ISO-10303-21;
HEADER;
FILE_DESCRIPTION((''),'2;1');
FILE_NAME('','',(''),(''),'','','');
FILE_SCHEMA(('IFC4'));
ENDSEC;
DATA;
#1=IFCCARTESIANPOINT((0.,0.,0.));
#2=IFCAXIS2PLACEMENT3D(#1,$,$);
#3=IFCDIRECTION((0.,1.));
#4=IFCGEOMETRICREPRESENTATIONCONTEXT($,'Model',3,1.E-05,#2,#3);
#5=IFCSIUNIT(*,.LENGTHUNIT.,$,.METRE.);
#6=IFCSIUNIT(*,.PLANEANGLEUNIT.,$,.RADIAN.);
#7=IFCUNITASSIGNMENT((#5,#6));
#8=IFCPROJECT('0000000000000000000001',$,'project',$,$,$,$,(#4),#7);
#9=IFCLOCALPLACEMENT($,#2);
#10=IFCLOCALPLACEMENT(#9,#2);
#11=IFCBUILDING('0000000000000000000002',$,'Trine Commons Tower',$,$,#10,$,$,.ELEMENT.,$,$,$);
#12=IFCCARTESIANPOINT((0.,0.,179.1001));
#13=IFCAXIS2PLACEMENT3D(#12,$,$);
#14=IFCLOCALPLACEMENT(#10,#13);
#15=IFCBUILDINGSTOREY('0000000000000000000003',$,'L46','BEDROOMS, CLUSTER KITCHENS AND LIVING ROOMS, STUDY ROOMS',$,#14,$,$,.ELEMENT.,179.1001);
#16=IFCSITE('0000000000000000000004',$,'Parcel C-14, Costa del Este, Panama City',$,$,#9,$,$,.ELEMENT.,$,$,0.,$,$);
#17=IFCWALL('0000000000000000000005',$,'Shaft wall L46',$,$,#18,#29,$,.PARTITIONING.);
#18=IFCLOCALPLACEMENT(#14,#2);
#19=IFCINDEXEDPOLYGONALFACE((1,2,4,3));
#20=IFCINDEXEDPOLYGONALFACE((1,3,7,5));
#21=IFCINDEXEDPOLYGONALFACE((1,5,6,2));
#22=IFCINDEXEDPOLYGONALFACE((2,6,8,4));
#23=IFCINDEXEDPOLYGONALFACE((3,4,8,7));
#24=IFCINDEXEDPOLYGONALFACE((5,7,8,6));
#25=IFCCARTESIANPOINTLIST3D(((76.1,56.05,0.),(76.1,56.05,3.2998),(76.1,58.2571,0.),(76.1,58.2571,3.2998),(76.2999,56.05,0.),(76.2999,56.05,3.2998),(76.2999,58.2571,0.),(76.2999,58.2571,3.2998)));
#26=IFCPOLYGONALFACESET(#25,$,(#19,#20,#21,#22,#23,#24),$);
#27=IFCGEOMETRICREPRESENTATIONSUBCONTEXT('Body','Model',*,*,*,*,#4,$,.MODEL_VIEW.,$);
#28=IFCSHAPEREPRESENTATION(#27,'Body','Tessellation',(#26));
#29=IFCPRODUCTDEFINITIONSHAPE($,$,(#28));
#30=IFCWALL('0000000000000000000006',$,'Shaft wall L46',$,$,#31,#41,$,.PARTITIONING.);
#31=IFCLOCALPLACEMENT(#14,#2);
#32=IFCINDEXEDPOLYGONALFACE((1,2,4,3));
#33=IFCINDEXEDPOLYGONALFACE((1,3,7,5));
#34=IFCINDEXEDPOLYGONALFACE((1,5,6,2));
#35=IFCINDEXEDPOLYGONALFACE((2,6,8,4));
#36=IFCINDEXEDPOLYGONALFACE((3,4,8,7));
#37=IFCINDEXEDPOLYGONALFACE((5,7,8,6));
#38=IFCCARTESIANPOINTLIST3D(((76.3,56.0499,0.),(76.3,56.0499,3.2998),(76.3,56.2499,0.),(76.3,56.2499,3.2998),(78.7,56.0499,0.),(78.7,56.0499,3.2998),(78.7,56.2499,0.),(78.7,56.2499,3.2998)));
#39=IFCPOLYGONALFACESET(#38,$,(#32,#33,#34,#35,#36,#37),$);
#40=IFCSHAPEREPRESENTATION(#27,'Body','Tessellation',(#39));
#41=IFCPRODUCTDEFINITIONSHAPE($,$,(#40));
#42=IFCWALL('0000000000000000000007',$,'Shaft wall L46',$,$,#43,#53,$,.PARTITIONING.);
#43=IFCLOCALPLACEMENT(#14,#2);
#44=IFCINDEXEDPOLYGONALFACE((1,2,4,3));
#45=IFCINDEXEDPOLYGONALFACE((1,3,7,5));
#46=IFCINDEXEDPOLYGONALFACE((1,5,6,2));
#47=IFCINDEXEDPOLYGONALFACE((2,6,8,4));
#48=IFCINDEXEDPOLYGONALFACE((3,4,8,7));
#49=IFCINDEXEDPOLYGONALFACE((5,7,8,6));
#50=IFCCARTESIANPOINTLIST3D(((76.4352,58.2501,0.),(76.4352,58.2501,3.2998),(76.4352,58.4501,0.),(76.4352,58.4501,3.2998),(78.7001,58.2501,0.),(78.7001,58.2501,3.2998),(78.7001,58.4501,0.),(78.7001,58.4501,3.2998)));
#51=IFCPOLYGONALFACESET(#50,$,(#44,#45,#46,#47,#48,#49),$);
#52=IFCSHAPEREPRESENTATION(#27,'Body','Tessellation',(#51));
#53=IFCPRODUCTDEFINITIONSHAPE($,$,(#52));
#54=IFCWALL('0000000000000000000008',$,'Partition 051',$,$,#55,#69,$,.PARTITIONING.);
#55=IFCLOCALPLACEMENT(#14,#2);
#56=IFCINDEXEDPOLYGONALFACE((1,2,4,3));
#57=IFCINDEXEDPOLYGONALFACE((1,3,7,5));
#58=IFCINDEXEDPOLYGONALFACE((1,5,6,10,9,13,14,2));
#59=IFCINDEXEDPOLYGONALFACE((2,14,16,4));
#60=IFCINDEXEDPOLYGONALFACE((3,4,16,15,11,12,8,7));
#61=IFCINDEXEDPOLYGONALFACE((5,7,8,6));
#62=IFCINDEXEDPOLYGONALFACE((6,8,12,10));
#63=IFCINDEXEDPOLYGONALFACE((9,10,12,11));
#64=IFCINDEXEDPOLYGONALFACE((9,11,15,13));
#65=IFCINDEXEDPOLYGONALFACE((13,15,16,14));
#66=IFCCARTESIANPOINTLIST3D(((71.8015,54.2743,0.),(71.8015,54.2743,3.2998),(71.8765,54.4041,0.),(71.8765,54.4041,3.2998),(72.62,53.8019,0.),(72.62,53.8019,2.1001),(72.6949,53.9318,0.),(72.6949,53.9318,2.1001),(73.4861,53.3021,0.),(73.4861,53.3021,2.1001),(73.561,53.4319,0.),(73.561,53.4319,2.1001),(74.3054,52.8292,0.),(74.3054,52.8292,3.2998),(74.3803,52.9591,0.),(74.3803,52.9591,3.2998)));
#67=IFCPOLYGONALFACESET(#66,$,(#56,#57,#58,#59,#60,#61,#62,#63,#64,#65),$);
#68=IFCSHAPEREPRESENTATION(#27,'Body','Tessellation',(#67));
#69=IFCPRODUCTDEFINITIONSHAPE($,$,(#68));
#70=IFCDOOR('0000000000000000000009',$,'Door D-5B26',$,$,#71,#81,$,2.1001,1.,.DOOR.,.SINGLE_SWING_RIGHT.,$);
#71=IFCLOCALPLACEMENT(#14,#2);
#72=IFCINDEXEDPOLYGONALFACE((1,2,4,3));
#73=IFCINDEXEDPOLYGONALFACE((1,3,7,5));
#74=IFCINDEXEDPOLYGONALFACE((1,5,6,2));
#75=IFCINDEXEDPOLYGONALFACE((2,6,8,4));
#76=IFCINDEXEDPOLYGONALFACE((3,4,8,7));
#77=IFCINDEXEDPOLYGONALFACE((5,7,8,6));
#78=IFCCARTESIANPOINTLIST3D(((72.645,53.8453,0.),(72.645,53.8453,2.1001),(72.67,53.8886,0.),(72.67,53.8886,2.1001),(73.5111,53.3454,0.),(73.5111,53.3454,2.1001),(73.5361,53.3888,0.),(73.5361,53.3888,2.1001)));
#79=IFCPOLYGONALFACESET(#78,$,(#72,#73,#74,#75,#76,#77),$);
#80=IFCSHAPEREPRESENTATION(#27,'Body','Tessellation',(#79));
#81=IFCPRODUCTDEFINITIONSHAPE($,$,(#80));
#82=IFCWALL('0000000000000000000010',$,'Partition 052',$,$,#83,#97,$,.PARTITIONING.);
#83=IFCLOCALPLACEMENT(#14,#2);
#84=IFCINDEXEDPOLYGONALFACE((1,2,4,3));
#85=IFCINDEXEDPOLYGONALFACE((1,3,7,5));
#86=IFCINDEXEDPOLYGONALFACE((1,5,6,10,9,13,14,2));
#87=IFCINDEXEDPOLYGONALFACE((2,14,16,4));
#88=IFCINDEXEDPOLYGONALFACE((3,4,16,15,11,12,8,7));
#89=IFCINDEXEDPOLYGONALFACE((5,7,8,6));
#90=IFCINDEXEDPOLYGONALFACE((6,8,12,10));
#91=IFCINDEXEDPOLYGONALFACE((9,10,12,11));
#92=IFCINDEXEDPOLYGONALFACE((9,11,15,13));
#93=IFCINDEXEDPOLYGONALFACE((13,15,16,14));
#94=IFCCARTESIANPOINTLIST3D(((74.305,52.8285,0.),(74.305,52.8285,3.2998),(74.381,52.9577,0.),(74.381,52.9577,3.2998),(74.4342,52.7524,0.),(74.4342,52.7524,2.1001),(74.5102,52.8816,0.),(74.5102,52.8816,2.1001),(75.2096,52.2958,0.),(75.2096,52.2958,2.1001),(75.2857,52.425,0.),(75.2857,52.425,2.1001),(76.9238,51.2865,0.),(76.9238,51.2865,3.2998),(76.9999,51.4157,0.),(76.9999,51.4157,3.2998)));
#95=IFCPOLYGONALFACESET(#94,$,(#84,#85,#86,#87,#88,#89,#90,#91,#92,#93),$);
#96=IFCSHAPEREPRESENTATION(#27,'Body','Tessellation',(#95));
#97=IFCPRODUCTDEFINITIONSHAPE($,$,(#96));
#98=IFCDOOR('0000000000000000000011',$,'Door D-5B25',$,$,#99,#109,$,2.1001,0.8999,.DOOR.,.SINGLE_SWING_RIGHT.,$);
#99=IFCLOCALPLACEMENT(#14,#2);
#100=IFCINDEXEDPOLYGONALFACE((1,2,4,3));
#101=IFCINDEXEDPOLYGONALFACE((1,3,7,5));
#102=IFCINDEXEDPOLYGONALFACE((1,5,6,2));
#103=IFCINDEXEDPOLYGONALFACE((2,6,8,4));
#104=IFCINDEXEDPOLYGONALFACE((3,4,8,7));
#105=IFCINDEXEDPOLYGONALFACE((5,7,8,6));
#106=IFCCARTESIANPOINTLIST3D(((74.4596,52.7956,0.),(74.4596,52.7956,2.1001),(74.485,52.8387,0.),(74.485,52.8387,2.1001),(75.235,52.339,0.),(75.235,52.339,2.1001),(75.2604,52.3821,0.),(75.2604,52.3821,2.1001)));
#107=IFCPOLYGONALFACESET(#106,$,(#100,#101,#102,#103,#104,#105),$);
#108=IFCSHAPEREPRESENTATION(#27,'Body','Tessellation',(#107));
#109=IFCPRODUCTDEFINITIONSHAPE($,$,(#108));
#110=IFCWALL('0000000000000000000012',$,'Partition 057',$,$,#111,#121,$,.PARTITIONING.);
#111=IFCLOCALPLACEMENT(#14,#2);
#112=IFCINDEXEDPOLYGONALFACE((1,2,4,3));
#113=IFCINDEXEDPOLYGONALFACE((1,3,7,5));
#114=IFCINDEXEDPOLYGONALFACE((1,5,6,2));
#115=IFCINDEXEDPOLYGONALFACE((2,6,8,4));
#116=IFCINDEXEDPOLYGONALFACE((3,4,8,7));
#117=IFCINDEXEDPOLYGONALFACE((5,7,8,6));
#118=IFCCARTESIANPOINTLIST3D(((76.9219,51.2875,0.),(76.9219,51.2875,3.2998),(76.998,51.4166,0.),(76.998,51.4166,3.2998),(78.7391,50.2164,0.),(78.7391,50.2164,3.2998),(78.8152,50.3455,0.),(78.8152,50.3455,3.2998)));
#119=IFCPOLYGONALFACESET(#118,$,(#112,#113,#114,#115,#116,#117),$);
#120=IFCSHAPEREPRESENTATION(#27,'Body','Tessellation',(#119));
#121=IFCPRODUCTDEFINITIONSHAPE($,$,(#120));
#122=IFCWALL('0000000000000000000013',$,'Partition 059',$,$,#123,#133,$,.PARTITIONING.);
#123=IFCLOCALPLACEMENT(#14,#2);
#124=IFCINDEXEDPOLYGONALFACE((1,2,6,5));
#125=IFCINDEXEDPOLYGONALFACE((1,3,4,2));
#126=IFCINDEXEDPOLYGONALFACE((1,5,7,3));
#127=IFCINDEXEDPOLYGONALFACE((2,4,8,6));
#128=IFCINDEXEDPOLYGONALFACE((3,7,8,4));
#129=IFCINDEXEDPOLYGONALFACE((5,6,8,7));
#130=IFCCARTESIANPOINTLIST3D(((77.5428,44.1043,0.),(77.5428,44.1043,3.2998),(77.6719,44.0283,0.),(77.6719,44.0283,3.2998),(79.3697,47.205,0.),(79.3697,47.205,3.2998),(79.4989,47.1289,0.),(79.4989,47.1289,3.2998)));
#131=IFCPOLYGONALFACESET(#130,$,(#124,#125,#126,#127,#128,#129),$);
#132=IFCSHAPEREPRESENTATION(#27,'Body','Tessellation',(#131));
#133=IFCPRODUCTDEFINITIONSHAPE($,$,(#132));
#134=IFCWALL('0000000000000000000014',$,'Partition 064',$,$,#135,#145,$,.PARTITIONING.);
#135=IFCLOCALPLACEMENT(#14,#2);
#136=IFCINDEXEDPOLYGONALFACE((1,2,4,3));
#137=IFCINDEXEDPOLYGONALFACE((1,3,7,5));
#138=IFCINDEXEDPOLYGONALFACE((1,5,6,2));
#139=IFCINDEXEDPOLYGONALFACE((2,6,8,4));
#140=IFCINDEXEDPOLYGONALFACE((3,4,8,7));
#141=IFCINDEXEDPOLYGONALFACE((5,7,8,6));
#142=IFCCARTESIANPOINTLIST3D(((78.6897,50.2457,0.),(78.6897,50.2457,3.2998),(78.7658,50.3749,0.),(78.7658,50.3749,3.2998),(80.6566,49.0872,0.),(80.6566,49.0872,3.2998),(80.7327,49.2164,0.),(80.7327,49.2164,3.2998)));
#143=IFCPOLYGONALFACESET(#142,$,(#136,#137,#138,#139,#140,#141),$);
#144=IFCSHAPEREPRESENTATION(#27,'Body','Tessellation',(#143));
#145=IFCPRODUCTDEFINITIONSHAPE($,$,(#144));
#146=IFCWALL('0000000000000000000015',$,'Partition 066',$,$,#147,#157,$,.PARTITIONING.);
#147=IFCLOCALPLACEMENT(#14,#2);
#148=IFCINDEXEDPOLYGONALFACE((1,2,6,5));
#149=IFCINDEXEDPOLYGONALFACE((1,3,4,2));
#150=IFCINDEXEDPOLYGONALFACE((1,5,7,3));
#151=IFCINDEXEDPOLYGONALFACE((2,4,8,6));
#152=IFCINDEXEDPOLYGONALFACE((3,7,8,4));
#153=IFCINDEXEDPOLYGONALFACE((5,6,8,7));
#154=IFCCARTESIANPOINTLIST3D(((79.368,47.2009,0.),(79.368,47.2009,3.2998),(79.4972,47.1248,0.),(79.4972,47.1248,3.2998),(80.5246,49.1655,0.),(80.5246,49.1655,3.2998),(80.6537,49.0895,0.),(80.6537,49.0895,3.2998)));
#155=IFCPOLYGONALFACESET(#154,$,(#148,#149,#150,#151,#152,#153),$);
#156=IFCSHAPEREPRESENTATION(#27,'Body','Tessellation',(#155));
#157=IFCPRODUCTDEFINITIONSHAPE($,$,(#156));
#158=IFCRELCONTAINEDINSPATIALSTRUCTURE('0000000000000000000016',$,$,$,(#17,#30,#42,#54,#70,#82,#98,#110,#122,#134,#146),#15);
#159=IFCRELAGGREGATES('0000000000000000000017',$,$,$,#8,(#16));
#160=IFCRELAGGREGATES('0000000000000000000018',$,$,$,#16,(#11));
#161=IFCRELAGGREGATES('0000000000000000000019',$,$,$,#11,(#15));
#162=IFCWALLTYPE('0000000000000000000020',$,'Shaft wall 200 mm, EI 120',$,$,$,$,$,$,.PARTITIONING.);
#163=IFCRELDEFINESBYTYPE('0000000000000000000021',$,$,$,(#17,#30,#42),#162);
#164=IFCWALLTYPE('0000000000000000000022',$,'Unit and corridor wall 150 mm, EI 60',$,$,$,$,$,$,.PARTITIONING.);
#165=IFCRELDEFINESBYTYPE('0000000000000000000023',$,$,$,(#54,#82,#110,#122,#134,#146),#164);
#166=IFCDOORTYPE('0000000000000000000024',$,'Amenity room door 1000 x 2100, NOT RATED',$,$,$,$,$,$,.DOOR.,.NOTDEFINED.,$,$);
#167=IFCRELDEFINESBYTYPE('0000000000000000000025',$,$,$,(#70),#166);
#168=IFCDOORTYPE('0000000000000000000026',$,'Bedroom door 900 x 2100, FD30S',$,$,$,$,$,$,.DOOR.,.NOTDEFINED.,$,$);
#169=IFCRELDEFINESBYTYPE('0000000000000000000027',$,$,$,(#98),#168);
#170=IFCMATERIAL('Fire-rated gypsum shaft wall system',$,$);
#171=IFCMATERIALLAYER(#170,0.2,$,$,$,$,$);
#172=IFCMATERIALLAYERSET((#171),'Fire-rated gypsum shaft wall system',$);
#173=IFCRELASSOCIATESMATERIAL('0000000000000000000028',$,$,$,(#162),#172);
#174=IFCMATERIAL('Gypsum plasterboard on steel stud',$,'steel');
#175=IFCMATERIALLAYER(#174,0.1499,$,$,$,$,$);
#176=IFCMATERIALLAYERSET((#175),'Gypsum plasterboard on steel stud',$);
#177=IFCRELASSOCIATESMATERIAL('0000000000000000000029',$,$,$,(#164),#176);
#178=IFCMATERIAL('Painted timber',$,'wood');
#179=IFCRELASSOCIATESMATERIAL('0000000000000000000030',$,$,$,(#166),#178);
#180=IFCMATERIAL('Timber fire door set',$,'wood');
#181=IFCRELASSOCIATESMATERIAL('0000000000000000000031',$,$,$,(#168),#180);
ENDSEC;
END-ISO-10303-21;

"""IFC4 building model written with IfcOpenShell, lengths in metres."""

from ifc_helpers import new_model, si_unit, direction, frame, frame_2d, origin, place, context, subcontext, project, spatial, rectangle, extrude, material, layer, layer_set, type_object, element, fill, save


model = new_model("IFC4")

# Units and contexts
model_context = context("Model", 3, precision=1e-05, world=origin(), true_north=direction((0.0, 1.0)))
body_context = subcontext(model_context, "Body", "Model", "MODEL_VIEW")
ifc_project = project(units=[si_unit("LENGTHUNIT", "METRE"), si_unit("PLANEANGLEUNIT", "RADIAN")], contexts=[model_context])

# Site, building, storey
site_placement = place(None, origin())
site = spatial("IfcSite", under=ifc_project, at=site_placement, Name="Parcel C-14, Costa del Este, Panama City", CompositionType="ELEMENT", RefElevation=0.0)
building_placement = place(site_placement, origin())
building = spatial("IfcBuilding", under=site, at=building_placement, Name="Trine Commons Tower", CompositionType="ELEMENT")
storey_placement = place(building_placement, frame((0.0, 0.0, 179.1001)))
storey = spatial("IfcBuildingStorey", under=building, at=storey_placement, Name="L46", Description="BEDROOMS, CLUSTER KITCHENS AND LIVING ROOMS, STUDY ROOMS", CompositionType="ELEMENT", Elevation=179.1001)

# Shared definitions
ifc_material_1 = material(Name="Fire-rated gypsum shaft wall system")

# Walls
ifc_layer_1 = layer(ifc_material_1, 0.2)
ifc_layer_set_1 = layer_set([ifc_layer_1], Name="Fire-rated gypsum shaft wall system")
wall_type_1 = type_object("IfcWallType", Name="Shaft wall 200 mm, EI 120", PredefinedType="PARTITIONING", material=ifc_layer_set_1)
wall_1_placement = place(storey_placement, frame((76.2, 58.2571, 0.0), z_axis=(0.0, 0.0, 1.0), x_axis=(0.0, -1.0, 0.0)))
element("IfcWall", 1, at=wall_1_placement, inside=storey, type_object=wall_type_1, Name="Shaft wall L46", PredefinedType="PARTITIONING", context=body_context, shape_type="SweptSolid", body=[
    extrude(rectangle(XDim=2.207, YDim=0.2, at=frame_2d((1.1035, 0.0))), origin(), (0.0, 0.0, 1.0), 3.2998),
])
wall_2_placement = place(storey_placement, frame((78.7, 56.1499, 0.0), z_axis=(0.0, 0.0, 1.0), x_axis=(-1.0, 0.0, 0.0)))
element("IfcWall", 2, at=wall_2_placement, inside=storey, type_object=wall_type_1, Name="Shaft wall L46", PredefinedType="PARTITIONING", context=body_context, shape_type="SweptSolid", body=[
    extrude(rectangle(XDim=2.3999, YDim=0.2, at=frame_2d((1.2, 0.0))), origin(), (0.0, 0.0, 1.0), 3.2998),
])
wall_3_placement = place(storey_placement, frame((78.7, 58.3501, 0.0), z_axis=(0.0, 0.0, 1.0), x_axis=(-1.0, 0.0, 0.0)))
element("IfcWall", 3, at=wall_3_placement, inside=storey, type_object=wall_type_1, Name="Shaft wall L46", PredefinedType="PARTITIONING", context=body_context, shape_type="SweptSolid", body=[
    extrude(rectangle(XDim=2.2649, YDim=0.2, at=frame_2d((1.1323, 0.0))), origin(), (0.0, 0.0, 1.0), 3.2998),
])

# Walls, openings, doors
ifc_material_2 = material(Name="Gypsum plasterboard on steel stud", Category="steel")
ifc_layer_2 = layer(ifc_material_2, 0.1499)
ifc_layer_set_2 = layer_set([ifc_layer_2], Name="Gypsum plasterboard on steel stud")
wall_type_2 = type_object("IfcWallType", Name="Unit and corridor wall 150 mm, EI 60", PredefinedType="PARTITIONING", material=ifc_layer_set_2)
wall_4_placement = place(storey_placement, frame((71.8391, 54.3391, 0.0), z_axis=(0.0, 0.0, 1.0), x_axis=(0.86611, -0.499854, 0.0)))
wall_4 = element("IfcWall", 4, at=wall_4_placement, inside=storey, type_object=wall_type_2, Name="Partition 051", PredefinedType="PARTITIONING", context=body_context, shape_type="SweptSolid", body=[
    extrude(rectangle(XDim=2.8909, YDim=0.1499, at=frame_2d((1.4453, 0.0))), origin(), (0.0, 0.0, 1.0), 3.2998),
])
opening_1_placement = place(wall_4_placement, frame((0.9448, 0.0, 0.0)))
opening_1 = element("IfcOpeningElement", 5, at=opening_1_placement, cuts=wall_4, PredefinedType="OPENING", context=body_context, shape_type="SweptSolid", body=[
    extrude(rectangle(XDim=1.0, YDim=2.1001, at=frame_2d((0.5, 1.05))), frame((0.0, 0.085, 0.0), z_axis=(0.0, -1.0, 0.0), x_axis=(1.0, 0.0, 0.0)), (0.0, 0.0, 1.0), 0.1699),
])
ifc_material_3 = material(Name="Painted timber", Category="wood")
door_type_1 = type_object("IfcDoorType", Name="Amenity room door 1000 x 2100, NOT RATED", OperationType="NOTDEFINED", PredefinedType="DOOR", material=ifc_material_3)
door_1_placement = place(opening_1_placement, frame((1.0, 0.0, 0.0), z_axis=(0.0, 0.0, 1.0), x_axis=(-1.0, 0.0, 0.0)))
door_1 = element("IfcDoor", 6, at=door_1_placement, inside=storey, type_object=door_type_1, Name="Door D-5B26", OperationType="SINGLE_SWING_RIGHT", OverallHeight=2.1001, OverallWidth=1.0, PredefinedType="DOOR", context=body_context, shape_type="SweptSolid", body=[
    extrude(rectangle(XDim=1.0, YDim=2.1001, at=frame_2d((0.5, 1.05))), frame((0.0, 0.0249, 0.0), z_axis=(0.0, -1.0, 0.0), x_axis=(1.0, 0.0, 0.0)), (0.0, 0.0, 1.0), 0.05),
])
fill(opening_1, door_1)
wall_5_placement = place(storey_placement, frame((74.343, 52.8931, 0.0), z_axis=(0.0, 0.0, 1.0), x_axis=(0.861724, -0.507378, 0.0)))
wall_5 = element("IfcWall", 7, at=wall_5_placement, inside=storey, type_object=wall_type_2, Name="Partition 052", PredefinedType="PARTITIONING", context=body_context, shape_type="SweptSolid", body=[
    extrude(rectangle(XDim=3.0391, YDim=0.1499, at=frame_2d((1.5195, 0.0))), origin(), (0.0, 0.0, 1.0), 3.2998),
])
opening_2_placement = place(wall_5_placement, frame((0.1499, 0.0, 0.0)))
opening_2 = element("IfcOpeningElement", 8, at=opening_2_placement, cuts=wall_5, PredefinedType="OPENING", context=body_context, shape_type="SweptSolid", body=[
    extrude(rectangle(XDim=0.8999, YDim=2.1001, at=frame_2d((0.45, 1.05))), frame((0.0, 0.085, 0.0), z_axis=(0.0, -1.0, 0.0), x_axis=(1.0, 0.0, 0.0)), (0.0, 0.0, 1.0), 0.1699),
])
ifc_material_4 = material(Name="Timber fire door set", Category="wood")
door_type_2 = type_object("IfcDoorType", Name="Bedroom door 900 x 2100, FD30S", OperationType="NOTDEFINED", PredefinedType="DOOR", material=ifc_material_4)
door_2_placement = place(opening_2_placement, frame((0.8999, 0.0, 0.0), z_axis=(0.0, 0.0, 1.0), x_axis=(-1.0, 0.0, 0.0)))
door_2 = element("IfcDoor", 9, at=door_2_placement, inside=storey, type_object=door_type_2, Name="Door D-5B25", OperationType="SINGLE_SWING_RIGHT", OverallHeight=2.1001, OverallWidth=0.8999, PredefinedType="DOOR", context=body_context, shape_type="SweptSolid", body=[
    extrude(rectangle(XDim=0.8999, YDim=2.1001, at=frame_2d((0.45, 1.05))), frame((0.0, 0.0249, 0.0), z_axis=(0.0, -1.0, 0.0), x_axis=(1.0, 0.0, 0.0)), (0.0, 0.0, 1.0), 0.05),
])
fill(opening_2, door_2)

# Walls
wall_6_placement = place(storey_placement, frame((76.96, 51.3521, 0.0), z_axis=(0.0, 0.0, 1.0), x_axis=(0.861491, -0.507774, 0.0)))
element("IfcWall", 10, at=wall_6_placement, inside=storey, type_object=wall_type_2, Name="Partition 057", PredefinedType="PARTITIONING", context=body_context, shape_type="SweptSolid", body=[
    extrude(rectangle(XDim=2.1094, YDim=0.1499, at=frame_2d((1.0547, 0.0))), origin(), (0.0, 0.0, 1.0), 3.2998),
])
wall_7_placement = place(storey_placement, frame((77.6074, 44.0664, 0.0), z_axis=(0.0, 0.0, 1.0), x_axis=(0.507646, 0.861566, 0.0)))
element("IfcWall", 11, at=wall_7_placement, inside=storey, type_object=wall_type_2, Name="Partition 059", PredefinedType="PARTITIONING", context=body_context, shape_type="SweptSolid", body=[
    extrude(rectangle(XDim=3.5989, YDim=0.1499, at=frame_2d((1.7993, 0.0))), origin(), (0.0, 0.0, 1.0), 3.2998),
])
wall_8_placement = place(storey_placement, frame((78.7278, 50.3103, 0.0), z_axis=(0.0, 0.0, 1.0), x_axis=(0.861645, -0.507511, 0.0)))
element("IfcWall", 12, at=wall_8_placement, inside=storey, type_object=wall_type_2, Name="Partition 064", PredefinedType="PARTITIONING", context=body_context, shape_type="SweptSolid", body=[
    extrude(rectangle(XDim=2.2827, YDim=0.1499, at=frame_2d((1.1414, 0.0))), origin(), (0.0, 0.0, 1.0), 3.2998),
])
wall_9_placement = place(storey_placement, frame((79.4326, 47.1628, 0.0), z_axis=(0.0, 0.0, 1.0), x_axis=(0.507296, 0.861772, 0.0)))
element("IfcWall", 13, at=wall_9_placement, inside=storey, type_object=wall_type_2, Name="Partition 066", PredefinedType="PARTITIONING", context=body_context, shape_type="SweptSolid", body=[
    extrude(rectangle(XDim=2.2798, YDim=0.1499, at=frame_2d((1.1399, 0.0))), origin(), (0.0, 0.0, 1.0), 3.2998),
])

save(model, "model.ifc")
